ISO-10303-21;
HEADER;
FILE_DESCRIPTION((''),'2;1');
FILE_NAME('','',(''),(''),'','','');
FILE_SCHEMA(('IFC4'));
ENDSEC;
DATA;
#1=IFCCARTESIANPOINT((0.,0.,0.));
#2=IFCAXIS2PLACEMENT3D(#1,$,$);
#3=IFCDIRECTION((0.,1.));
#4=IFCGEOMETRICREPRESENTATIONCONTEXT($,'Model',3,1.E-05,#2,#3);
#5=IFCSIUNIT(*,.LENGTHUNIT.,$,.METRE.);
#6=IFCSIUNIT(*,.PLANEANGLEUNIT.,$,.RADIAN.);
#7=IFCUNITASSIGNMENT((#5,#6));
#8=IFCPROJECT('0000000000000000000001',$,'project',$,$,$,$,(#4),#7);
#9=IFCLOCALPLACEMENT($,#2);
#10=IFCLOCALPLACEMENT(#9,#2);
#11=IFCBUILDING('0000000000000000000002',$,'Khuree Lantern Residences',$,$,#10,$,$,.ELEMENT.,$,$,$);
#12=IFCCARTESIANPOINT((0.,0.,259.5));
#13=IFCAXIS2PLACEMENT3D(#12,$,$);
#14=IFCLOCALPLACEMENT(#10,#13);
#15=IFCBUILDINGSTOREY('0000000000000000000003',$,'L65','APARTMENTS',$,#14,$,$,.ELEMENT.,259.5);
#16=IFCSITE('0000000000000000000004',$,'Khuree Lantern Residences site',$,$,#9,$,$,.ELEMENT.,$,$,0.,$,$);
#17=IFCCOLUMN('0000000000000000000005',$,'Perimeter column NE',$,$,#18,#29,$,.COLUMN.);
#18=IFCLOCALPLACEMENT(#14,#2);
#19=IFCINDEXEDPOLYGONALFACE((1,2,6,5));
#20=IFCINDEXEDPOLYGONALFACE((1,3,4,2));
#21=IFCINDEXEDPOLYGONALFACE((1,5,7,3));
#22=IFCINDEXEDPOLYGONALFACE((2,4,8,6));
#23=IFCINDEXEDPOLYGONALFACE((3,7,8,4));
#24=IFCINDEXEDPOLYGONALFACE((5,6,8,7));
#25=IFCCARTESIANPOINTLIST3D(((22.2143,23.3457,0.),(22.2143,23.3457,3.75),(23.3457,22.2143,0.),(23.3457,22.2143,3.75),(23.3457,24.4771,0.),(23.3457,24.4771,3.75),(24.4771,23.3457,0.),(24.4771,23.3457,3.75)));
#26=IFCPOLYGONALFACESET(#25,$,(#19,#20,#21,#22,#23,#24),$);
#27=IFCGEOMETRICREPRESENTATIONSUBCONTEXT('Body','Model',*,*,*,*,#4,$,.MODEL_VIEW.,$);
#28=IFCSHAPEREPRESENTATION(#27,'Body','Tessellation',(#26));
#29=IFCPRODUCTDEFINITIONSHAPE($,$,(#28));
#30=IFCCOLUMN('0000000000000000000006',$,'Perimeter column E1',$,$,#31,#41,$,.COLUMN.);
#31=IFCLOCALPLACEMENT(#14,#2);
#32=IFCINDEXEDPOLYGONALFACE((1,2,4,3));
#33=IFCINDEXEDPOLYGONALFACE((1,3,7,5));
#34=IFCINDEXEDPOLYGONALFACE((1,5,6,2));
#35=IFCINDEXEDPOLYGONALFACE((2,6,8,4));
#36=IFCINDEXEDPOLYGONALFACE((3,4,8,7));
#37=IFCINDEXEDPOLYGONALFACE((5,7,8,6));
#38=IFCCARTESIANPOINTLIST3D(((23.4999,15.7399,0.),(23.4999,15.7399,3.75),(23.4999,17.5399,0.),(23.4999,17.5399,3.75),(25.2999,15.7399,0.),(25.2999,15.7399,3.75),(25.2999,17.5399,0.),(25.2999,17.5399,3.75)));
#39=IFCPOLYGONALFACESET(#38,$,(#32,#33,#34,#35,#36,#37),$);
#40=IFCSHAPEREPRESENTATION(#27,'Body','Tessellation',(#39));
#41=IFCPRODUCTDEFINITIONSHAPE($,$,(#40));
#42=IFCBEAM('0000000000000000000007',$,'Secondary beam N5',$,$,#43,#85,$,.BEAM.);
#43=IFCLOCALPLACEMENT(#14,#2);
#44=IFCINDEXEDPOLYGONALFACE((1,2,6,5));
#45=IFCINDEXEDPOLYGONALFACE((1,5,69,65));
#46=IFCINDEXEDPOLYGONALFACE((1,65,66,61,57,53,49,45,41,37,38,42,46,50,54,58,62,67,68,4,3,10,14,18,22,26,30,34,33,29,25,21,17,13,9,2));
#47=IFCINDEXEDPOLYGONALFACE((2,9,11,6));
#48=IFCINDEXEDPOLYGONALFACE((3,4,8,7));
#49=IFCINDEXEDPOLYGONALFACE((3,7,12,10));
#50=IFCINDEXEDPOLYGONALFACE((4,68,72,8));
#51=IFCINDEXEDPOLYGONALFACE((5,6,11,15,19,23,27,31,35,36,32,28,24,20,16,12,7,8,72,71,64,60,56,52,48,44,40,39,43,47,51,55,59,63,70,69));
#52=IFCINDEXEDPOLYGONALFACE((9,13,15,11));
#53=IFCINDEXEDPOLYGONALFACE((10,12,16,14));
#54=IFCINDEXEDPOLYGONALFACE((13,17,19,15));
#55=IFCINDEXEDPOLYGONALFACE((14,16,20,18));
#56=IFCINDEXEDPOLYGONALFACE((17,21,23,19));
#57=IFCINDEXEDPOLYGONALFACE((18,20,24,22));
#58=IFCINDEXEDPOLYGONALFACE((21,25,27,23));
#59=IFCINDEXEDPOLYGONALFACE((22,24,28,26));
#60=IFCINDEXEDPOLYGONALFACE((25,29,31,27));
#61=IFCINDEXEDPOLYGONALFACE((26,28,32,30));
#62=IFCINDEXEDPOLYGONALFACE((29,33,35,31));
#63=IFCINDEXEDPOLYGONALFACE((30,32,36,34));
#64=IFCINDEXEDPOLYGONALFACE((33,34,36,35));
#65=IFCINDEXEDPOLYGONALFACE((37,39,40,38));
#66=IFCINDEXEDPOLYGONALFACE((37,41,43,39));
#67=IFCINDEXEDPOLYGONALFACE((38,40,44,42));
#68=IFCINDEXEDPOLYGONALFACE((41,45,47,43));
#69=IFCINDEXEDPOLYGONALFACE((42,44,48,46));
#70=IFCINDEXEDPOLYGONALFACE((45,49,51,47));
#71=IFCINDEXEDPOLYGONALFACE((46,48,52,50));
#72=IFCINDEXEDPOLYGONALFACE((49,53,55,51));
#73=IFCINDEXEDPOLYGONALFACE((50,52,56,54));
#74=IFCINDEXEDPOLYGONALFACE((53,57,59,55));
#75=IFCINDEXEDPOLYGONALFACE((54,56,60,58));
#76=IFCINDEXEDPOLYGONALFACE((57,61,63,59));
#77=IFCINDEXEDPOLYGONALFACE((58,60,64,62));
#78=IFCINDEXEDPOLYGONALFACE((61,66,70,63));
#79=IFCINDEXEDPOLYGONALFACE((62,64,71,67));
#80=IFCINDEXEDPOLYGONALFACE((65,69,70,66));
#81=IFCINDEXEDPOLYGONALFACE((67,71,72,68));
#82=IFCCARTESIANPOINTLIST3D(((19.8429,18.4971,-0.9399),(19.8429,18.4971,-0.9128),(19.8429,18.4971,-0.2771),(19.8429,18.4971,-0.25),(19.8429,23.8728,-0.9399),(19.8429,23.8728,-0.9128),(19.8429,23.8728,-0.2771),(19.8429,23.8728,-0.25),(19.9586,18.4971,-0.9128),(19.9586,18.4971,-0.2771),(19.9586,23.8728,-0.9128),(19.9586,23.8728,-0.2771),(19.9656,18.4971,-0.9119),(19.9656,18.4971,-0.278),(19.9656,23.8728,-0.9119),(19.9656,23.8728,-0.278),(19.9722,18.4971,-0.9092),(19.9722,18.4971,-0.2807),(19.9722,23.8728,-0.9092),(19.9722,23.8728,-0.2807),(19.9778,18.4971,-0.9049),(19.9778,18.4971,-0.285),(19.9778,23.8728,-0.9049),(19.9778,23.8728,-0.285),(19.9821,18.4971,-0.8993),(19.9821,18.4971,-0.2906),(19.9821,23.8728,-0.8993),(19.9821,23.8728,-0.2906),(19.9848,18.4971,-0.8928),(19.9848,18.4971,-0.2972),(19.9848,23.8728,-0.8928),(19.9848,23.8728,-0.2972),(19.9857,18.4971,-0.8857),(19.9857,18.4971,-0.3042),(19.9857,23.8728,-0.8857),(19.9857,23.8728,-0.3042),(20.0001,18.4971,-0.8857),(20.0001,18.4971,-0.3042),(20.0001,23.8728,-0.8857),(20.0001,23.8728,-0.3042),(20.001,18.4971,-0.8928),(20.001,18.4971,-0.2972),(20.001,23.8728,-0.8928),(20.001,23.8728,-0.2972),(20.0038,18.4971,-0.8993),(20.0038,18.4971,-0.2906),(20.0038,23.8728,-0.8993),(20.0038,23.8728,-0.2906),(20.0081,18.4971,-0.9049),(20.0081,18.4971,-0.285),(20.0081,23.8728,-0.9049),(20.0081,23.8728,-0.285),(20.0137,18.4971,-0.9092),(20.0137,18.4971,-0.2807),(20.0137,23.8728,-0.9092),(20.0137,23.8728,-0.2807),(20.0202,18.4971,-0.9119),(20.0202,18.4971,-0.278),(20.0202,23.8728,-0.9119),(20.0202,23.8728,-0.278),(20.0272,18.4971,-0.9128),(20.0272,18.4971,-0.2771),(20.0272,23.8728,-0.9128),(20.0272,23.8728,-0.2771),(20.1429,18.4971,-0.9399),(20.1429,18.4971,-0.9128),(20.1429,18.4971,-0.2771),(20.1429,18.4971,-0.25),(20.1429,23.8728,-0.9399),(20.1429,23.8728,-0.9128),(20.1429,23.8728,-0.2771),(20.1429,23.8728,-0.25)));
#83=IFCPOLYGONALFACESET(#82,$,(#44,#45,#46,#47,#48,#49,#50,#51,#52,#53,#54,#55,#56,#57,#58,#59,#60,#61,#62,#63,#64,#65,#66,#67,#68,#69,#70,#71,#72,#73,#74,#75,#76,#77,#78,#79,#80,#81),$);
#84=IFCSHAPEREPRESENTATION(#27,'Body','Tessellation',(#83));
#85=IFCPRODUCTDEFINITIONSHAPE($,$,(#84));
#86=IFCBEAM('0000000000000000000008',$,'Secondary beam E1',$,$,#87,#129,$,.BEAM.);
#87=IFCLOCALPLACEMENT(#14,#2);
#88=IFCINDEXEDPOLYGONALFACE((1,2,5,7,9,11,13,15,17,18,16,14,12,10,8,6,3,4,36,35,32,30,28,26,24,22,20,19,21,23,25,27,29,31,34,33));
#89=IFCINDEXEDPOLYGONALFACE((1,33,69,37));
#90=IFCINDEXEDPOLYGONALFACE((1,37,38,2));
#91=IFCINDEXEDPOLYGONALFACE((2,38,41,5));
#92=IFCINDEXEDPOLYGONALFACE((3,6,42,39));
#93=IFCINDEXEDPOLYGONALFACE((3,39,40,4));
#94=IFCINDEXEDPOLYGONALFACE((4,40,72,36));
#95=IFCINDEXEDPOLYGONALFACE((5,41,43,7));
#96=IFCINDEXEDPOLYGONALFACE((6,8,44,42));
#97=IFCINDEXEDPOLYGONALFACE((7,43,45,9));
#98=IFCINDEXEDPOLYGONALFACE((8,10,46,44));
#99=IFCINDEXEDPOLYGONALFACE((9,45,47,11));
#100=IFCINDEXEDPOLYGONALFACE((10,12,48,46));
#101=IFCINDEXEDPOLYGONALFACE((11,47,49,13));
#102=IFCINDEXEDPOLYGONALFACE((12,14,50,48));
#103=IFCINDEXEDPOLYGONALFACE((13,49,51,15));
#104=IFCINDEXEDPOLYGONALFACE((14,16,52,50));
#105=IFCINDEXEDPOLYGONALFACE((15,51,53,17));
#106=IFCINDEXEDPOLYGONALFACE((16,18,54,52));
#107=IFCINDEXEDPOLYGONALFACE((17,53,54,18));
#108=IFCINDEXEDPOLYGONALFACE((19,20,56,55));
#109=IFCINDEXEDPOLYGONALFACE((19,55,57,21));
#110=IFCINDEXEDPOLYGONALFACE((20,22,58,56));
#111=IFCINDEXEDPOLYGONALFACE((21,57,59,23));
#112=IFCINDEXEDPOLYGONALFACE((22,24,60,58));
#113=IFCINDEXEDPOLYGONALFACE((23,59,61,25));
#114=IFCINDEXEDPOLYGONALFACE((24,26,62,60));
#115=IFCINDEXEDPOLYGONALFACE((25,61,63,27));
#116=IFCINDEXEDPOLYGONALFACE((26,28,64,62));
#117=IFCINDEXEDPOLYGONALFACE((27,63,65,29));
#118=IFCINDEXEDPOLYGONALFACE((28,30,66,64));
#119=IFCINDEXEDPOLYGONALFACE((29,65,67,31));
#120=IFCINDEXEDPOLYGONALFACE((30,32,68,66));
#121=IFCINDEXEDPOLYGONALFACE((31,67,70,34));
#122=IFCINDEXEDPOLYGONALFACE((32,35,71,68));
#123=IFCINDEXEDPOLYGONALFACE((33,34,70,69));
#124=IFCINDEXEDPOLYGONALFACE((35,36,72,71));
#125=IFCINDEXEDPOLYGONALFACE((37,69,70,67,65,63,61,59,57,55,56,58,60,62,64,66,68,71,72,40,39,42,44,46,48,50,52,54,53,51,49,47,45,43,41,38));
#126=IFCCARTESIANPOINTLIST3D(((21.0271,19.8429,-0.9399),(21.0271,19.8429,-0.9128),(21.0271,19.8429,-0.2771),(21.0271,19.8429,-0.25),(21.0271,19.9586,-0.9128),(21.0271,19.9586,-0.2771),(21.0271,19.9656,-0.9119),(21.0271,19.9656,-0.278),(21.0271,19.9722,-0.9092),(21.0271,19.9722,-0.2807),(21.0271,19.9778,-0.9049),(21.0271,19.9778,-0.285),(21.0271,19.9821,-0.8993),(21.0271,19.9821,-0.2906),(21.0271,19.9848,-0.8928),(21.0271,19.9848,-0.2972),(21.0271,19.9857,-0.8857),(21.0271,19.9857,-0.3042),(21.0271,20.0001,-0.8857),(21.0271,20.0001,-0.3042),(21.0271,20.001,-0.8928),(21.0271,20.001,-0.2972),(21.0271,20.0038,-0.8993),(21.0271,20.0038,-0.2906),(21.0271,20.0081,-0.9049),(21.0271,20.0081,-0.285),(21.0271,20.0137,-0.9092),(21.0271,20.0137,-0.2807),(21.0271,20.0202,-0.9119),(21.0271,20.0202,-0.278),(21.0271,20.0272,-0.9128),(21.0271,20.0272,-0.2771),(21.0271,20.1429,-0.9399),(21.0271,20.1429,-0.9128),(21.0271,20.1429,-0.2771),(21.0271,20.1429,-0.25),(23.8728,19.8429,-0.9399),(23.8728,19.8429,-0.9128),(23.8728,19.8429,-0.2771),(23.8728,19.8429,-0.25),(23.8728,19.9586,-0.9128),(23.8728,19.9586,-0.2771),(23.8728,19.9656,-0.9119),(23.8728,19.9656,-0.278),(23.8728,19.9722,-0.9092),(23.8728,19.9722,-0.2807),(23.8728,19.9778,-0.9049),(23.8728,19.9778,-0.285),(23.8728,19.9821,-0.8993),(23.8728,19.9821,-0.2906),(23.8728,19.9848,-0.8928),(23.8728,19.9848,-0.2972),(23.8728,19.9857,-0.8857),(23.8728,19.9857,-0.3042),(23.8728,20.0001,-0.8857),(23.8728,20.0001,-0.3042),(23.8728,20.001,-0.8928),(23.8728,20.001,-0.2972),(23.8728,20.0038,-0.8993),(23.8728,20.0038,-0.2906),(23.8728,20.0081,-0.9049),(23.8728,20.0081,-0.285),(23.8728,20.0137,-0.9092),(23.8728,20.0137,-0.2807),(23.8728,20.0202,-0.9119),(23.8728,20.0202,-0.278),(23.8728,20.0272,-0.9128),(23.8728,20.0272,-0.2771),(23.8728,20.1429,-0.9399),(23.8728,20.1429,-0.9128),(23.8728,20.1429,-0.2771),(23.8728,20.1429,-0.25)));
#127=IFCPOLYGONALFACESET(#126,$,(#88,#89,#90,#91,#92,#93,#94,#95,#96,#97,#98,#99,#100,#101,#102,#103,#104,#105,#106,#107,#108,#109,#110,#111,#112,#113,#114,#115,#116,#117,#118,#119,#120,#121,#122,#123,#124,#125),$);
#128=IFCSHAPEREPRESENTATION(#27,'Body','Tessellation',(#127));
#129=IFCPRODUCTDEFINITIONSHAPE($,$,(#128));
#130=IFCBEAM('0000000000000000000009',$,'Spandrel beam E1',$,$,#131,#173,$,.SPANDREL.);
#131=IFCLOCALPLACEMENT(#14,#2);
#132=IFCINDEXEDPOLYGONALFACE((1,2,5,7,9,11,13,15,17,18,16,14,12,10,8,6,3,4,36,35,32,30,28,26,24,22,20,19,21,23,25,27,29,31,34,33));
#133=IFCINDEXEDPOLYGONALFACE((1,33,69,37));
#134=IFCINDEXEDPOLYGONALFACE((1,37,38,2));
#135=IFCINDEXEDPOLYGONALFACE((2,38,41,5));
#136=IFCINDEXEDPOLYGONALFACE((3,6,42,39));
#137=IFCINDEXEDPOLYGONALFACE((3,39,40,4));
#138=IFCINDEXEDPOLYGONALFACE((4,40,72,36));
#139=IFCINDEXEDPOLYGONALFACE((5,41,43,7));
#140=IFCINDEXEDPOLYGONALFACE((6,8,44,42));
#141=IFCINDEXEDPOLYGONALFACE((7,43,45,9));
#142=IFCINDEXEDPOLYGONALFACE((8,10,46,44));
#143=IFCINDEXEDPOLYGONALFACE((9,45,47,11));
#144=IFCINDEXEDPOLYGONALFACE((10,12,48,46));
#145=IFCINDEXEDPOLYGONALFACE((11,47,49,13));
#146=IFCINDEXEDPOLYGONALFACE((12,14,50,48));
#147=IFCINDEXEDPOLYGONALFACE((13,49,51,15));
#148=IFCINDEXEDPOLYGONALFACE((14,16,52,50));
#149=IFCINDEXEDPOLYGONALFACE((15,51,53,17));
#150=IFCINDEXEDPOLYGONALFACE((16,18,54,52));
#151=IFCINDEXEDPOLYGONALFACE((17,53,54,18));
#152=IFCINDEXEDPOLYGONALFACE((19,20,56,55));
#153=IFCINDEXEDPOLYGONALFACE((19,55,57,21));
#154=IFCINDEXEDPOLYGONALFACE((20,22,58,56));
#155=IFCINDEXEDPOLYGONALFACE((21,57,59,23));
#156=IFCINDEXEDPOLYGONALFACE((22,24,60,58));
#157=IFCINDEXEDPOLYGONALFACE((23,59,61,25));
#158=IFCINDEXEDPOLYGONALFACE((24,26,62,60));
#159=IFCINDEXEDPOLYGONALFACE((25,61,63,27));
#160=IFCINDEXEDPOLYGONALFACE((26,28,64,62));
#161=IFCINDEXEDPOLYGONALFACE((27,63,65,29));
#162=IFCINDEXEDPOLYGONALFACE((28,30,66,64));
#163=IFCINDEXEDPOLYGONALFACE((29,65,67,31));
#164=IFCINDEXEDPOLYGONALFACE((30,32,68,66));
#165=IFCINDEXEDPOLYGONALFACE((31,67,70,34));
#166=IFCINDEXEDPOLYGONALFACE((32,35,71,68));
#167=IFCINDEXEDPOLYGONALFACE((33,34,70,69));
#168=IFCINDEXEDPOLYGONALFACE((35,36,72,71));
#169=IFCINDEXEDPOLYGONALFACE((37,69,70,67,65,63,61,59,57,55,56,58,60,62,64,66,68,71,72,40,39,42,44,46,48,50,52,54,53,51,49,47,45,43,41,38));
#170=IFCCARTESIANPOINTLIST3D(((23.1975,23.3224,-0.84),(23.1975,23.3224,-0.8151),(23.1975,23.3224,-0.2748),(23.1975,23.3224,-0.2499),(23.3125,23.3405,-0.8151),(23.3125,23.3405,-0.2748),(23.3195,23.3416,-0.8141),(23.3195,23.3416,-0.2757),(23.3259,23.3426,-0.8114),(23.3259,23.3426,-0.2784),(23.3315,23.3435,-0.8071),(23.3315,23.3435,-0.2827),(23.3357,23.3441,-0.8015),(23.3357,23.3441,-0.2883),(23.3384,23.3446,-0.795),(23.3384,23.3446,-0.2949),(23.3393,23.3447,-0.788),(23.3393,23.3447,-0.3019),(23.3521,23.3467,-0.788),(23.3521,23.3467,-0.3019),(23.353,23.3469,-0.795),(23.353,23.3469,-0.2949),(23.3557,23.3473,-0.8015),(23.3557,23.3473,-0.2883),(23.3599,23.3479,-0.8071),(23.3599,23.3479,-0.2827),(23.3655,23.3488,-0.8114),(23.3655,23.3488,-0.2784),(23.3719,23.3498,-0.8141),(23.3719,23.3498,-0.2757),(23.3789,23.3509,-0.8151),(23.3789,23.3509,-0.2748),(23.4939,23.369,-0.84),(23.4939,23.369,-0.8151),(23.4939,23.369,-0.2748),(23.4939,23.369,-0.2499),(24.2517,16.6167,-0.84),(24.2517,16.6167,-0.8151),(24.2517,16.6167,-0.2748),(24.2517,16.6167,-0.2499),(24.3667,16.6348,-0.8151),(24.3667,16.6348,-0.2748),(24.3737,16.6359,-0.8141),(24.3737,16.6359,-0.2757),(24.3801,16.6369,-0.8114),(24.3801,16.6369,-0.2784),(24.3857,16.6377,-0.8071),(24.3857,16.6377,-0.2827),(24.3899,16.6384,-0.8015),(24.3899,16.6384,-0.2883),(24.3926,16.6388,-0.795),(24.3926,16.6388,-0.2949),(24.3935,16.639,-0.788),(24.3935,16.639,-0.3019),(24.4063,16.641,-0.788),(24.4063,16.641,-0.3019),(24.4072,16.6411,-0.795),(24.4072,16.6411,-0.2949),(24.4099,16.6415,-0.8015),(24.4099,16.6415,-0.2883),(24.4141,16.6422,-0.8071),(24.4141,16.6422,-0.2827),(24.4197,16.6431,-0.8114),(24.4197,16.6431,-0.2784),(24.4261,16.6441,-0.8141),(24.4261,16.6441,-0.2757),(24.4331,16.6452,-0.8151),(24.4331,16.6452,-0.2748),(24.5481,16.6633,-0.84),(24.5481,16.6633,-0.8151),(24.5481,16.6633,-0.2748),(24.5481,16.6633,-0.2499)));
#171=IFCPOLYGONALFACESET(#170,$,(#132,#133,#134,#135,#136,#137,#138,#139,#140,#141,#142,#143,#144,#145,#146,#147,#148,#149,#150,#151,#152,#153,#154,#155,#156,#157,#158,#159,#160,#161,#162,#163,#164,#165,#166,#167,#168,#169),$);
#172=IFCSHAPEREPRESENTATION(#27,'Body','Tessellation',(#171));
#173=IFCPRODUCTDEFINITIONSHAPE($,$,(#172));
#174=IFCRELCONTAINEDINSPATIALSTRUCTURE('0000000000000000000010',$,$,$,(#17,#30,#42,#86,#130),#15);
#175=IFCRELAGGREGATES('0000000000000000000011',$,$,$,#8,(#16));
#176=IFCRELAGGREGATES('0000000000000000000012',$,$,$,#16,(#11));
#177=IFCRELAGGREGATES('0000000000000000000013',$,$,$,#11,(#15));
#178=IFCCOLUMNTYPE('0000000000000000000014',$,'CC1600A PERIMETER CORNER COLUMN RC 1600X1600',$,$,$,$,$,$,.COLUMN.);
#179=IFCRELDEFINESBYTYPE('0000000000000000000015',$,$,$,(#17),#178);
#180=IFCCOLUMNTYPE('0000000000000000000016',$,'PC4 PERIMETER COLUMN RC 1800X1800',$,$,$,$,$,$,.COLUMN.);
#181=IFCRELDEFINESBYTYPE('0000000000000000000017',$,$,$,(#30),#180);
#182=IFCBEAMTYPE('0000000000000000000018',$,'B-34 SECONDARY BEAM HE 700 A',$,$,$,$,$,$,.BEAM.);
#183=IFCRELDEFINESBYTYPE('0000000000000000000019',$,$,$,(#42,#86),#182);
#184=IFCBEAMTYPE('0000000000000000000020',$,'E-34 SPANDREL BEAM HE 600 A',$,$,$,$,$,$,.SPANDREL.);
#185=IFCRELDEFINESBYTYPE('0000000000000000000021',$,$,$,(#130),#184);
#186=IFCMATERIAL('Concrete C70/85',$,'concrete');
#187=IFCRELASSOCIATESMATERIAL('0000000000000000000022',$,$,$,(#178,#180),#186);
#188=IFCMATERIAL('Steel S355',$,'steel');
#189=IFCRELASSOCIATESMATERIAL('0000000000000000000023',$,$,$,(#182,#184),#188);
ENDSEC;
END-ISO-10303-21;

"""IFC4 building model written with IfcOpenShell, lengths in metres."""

from ifc_helpers import new_model, si_unit, direction, frame, origin, origin_2d, place, context, subcontext, project, spatial, rectangle, i_section, extrude, material, material_profile, profile_set, type_object, element, save


model = new_model("IFC4")

# Units and contexts
model_context = context("Model", 3, precision=1e-05, world=origin(), true_north=direction((0.0, 1.0)))
body_context = subcontext(model_context, "Body", "Model", "MODEL_VIEW")
ifc_project = project(units=[si_unit("LENGTHUNIT", "METRE"), si_unit("PLANEANGLEUNIT", "RADIAN")], contexts=[model_context])

# Site, building, storey
site_placement = place(None, origin())
site = spatial("IfcSite", under=ifc_project, at=site_placement, Name="Khuree Lantern Residences site", CompositionType="ELEMENT", RefElevation=0.0)
building_placement = place(site_placement, origin())
building = spatial("IfcBuilding", under=site, at=building_placement, Name="Khuree Lantern Residences", CompositionType="ELEMENT")
storey_placement = place(building_placement, frame((0.0, 0.0, 259.5)))
storey = spatial("IfcBuildingStorey", under=building, at=storey_placement, Name="L65", Description="APARTMENTS", CompositionType="ELEMENT", Elevation=259.5)

# Columns
ifc_material_1 = material(Name="Concrete C70/85", Category="concrete")
ifc_material_profile_1 = material_profile(ifc_material_1, rectangle(XDim=1.6001, YDim=1.6001, at=origin_2d()), Name="RC 1600X1600")
ifc_profile_set_1 = profile_set([ifc_material_profile_1], Name="Concrete C70/85")
column_type_1 = type_object("IfcColumnType", Name="CC1600A PERIMETER CORNER COLUMN RC 1600X1600", PredefinedType="COLUMN", material=ifc_profile_set_1)
column_1_placement = place(storey_placement, frame((23.3457, 23.3457, 0.0), z_axis=(0.0, 0.0, 1.0), x_axis=(0.707107, -0.707107, 0.0)))
element("IfcColumn", 1, at=column_1_placement, inside=storey, type_object=column_type_1, Name="Perimeter column NE", PredefinedType="COLUMN", context=body_context, shape_type="SweptSolid", body=[
    extrude(rectangle(XDim=1.6001, YDim=1.6001, at=origin_2d()), origin(), (0.0, 0.0, 1.0), 3.75),
])
ifc_material_profile_2 = material_profile(ifc_material_1, rectangle(XDim=1.8, YDim=1.8, at=origin_2d()), Name="RC 1800X1800")
ifc_profile_set_2 = profile_set([ifc_material_profile_2], Name="Concrete C70/85")
column_type_2 = type_object("IfcColumnType", Name="PC4 PERIMETER COLUMN RC 1800X1800", PredefinedType="COLUMN", material=ifc_profile_set_2)
column_2_placement = place(storey_placement, frame((24.3999, 16.6399, 0.0), z_axis=(0.0, 0.0, 1.0), x_axis=(0.0, 1.0, 0.0)))
element("IfcColumn", 2, at=column_2_placement, inside=storey, type_object=column_type_2, Name="Perimeter column E1", PredefinedType="COLUMN", context=body_context, shape_type="SweptSolid", body=[
    extrude(rectangle(XDim=1.8, YDim=1.8, at=origin_2d()), origin(), (0.0, 0.0, 1.0), 3.75),
])

# Beams
ifc_material_2 = material(Name="Steel S355", Category="steel")
ifc_material_profile_3 = material_profile(ifc_material_2, i_section(OverallWidth=0.3, OverallDepth=0.6899, WebThickness=0.0144, FlangeThickness=0.0271, FilletRadius=0.0271, at=origin_2d()), Name="HE 700 A")
ifc_profile_set_3 = profile_set([ifc_material_profile_3], Name="Steel S355")
beam_type_1 = type_object("IfcBeamType", Name="B-34 SECONDARY BEAM HE 700 A", PredefinedType="BEAM", material=ifc_profile_set_3)
beam_1_placement = place(storey_placement, frame((19.9929, 23.8728, -0.595), z_axis=(0.0, -1.0, 0.0), x_axis=(1.0, 0.0, 0.0)))
element("IfcBeam", 3, at=beam_1_placement, inside=storey, type_object=beam_type_1, Name="Secondary beam N5", PredefinedType="BEAM", context=body_context, shape_type="SweptSolid", body=[
    extrude(i_section(OverallWidth=0.3, OverallDepth=0.6899, WebThickness=0.0144, FlangeThickness=0.0271, FilletRadius=0.0271, at=origin_2d()), origin(), (0.0, 0.0, 1.0), 5.3757),
])
beam_2_placement = place(storey_placement, frame((23.8728, 19.9929, -0.595), z_axis=(-1.0, 0.0, 0.0), x_axis=(0.0, -1.0, 0.0)))
element("IfcBeam", 4, at=beam_2_placement, inside=storey, type_object=beam_type_1, Name="Secondary beam E1", PredefinedType="BEAM", context=body_context, shape_type="SweptSolid", body=[
    extrude(i_section(OverallWidth=0.3, OverallDepth=0.6899, WebThickness=0.0144, FlangeThickness=0.0271, FilletRadius=0.0271, at=origin_2d()), origin(), (0.0, 0.0, 1.0), 2.8457),
])
ifc_material_profile_4 = material_profile(ifc_material_2, i_section(OverallWidth=0.3, OverallDepth=0.5901, WebThickness=0.0129, FlangeThickness=0.0249, FilletRadius=0.0271, at=origin_2d()), Name="HE 600 A")
ifc_profile_set_4 = profile_set([ifc_material_profile_4], Name="Steel S355")
beam_type_2 = type_object("IfcBeamType", Name="E-34 SPANDREL BEAM HE 600 A", PredefinedType="SPANDREL", material=ifc_profile_set_4)
beam_3_placement = place(storey_placement, frame((23.3457, 23.3457, -0.5449), z_axis=(0.1553, -0.987867, 0.0), x_axis=(0.987867, 0.1553, 0.0)))
element("IfcBeam", 5, at=beam_3_placement, inside=storey, type_object=beam_type_2, Name="Spandrel beam E1", PredefinedType="SPANDREL", context=body_context, shape_type="SweptSolid", body=[
    extrude(i_section(OverallWidth=0.3, OverallDepth=0.5901, WebThickness=0.0129, FlangeThickness=0.0249, FilletRadius=0.0271, at=origin_2d()), origin(), (0.0, 0.0, 1.0), 6.7881),
])

save(model, "model.ifc")
